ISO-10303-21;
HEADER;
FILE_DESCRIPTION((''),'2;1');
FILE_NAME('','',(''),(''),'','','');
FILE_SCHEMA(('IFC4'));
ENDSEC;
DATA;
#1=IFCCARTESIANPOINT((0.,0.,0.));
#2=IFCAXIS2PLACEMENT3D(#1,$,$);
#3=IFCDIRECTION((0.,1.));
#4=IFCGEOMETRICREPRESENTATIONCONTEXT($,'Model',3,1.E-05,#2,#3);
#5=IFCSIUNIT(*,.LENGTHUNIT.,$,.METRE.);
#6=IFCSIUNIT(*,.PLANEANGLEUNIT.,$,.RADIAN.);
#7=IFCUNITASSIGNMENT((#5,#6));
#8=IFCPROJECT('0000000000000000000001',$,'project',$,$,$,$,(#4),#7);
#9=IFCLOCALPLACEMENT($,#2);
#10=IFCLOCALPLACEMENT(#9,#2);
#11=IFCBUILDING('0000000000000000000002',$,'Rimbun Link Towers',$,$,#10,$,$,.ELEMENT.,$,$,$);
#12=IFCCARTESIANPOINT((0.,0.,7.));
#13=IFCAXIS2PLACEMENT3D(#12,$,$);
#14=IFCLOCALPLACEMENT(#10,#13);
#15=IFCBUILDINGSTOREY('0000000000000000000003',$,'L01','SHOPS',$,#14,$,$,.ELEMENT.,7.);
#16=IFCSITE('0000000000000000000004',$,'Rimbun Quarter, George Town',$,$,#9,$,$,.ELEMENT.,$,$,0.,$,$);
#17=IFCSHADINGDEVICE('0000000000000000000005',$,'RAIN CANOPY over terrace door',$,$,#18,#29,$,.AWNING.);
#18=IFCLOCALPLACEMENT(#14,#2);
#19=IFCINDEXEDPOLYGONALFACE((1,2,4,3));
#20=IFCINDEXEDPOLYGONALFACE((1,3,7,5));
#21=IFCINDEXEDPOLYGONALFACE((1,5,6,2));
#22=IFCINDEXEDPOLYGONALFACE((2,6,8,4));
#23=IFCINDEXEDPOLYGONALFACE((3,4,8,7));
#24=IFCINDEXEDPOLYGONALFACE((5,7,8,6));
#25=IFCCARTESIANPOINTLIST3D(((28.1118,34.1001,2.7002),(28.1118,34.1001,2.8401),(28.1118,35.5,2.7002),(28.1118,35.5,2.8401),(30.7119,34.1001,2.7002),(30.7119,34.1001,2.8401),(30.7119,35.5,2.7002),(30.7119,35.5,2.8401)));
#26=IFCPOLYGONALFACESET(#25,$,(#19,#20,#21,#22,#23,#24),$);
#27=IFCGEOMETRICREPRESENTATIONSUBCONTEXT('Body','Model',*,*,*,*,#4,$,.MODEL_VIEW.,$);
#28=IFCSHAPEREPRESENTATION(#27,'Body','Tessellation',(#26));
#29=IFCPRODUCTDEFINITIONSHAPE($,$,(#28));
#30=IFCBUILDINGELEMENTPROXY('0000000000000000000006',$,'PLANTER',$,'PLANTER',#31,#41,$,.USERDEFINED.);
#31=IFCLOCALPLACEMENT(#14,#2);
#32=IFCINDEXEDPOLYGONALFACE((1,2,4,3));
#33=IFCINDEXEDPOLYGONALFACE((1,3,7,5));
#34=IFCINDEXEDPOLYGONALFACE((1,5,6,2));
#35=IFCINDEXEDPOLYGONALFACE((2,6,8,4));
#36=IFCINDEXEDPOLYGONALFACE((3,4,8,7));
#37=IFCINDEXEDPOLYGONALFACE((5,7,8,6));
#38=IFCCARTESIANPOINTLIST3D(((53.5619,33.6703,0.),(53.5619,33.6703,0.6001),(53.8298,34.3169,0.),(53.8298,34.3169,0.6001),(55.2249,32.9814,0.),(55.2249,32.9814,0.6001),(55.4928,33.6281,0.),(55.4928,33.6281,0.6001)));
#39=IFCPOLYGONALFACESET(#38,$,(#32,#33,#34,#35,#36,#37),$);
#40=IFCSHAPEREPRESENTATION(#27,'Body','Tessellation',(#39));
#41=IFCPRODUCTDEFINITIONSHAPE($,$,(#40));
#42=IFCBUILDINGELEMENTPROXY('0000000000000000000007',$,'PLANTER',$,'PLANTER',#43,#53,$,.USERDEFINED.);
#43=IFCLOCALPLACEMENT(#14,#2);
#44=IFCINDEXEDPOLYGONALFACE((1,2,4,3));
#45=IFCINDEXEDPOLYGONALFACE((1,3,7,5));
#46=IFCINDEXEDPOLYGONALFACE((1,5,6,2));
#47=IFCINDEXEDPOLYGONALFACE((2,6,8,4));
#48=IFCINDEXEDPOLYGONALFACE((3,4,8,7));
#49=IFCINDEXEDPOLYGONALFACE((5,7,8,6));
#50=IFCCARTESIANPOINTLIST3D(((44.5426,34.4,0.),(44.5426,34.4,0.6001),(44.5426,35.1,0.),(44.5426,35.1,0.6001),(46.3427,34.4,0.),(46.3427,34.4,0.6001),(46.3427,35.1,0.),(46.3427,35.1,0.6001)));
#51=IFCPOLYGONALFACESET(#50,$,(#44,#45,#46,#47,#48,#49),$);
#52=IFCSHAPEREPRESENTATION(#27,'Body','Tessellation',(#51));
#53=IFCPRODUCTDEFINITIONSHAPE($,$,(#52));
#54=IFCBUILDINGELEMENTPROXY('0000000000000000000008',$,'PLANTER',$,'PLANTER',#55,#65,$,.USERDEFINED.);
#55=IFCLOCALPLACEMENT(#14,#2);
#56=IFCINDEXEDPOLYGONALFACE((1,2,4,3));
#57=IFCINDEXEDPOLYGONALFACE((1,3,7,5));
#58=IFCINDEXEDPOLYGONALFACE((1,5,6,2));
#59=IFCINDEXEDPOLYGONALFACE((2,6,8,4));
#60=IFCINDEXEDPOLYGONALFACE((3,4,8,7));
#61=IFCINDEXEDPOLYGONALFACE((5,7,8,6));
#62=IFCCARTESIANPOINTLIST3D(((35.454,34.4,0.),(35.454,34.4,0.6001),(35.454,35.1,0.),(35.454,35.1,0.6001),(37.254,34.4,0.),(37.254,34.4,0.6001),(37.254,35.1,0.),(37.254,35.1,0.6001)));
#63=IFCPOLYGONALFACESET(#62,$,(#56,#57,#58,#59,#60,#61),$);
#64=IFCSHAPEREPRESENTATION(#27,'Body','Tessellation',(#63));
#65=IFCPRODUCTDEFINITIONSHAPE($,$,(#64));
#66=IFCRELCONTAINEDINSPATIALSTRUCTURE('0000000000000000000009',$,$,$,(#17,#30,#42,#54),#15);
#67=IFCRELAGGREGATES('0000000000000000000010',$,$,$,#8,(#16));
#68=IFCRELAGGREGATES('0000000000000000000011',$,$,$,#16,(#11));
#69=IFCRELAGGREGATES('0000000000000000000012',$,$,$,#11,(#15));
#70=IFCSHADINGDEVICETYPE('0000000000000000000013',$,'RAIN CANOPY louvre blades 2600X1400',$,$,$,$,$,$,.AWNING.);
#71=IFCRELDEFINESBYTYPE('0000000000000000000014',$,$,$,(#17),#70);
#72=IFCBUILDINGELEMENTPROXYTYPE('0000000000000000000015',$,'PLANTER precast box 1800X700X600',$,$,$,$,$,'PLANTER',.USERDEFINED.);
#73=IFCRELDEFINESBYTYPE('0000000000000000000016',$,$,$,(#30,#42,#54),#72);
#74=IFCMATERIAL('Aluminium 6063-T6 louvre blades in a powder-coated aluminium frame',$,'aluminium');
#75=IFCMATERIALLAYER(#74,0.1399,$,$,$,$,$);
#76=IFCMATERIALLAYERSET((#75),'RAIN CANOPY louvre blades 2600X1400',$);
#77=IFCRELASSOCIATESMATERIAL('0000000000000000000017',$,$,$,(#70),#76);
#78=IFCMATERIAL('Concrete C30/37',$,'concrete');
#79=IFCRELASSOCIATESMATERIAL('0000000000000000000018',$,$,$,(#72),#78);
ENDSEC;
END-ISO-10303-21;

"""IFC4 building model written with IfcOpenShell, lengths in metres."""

from ifc_helpers import new_model, si_unit, direction, frame, origin, origin_2d, place, context, subcontext, project, spatial, rectangle, extrude, material, layer, layer_set, type_object, element, save


model = new_model("IFC4")

# Units and contexts
model_context = context("Model", 3, precision=1e-05, world=origin(), true_north=direction((0.0, 1.0)))
body_context = subcontext(model_context, "Body", "Model", "MODEL_VIEW")
ifc_project = project(units=[si_unit("LENGTHUNIT", "METRE"), si_unit("PLANEANGLEUNIT", "RADIAN")], contexts=[model_context])

# Site, building, storey
site_placement = place(None, origin())
site = spatial("IfcSite", under=ifc_project, at=site_placement, Name="Rimbun Quarter, George Town", CompositionType="ELEMENT", RefElevation=0.0)
building_placement = place(site_placement, origin())
building = spatial("IfcBuilding", under=site, at=building_placement, Name="Rimbun Link Towers", CompositionType="ELEMENT")
storey_placement = place(building_placement, frame((0.0, 0.0, 7.0)))
storey = spatial("IfcBuildingStorey", under=building, at=storey_placement, Name="L01", Description="SHOPS", CompositionType="ELEMENT", Elevation=7.0)

# Shading device
ifc_material_1 = material(Name="Aluminium 6063-T6 louvre blades in a powder-coated aluminium frame", Category="aluminium")
ifc_layer_1 = layer(ifc_material_1, 0.1399)
ifc_layer_set_1 = layer_set([ifc_layer_1], Name="RAIN CANOPY louvre blades 2600X1400")
shading_device_type = type_object("IfcShadingDeviceType", Name="RAIN CANOPY louvre blades 2600X1400", PredefinedType="AWNING", material=ifc_layer_set_1)
shading_device_placement = place(storey_placement, frame((29.4119, 34.8, 2.7002), z_axis=(0.0, 0.0, 1.0), x_axis=(1.0, 0.0, 0.0)))
element("IfcShadingDevice", 1, at=shading_device_placement, inside=storey, type_object=shading_device_type, Name="RAIN CANOPY over terrace door", PredefinedType="AWNING", context=body_context, shape_type="SweptSolid", body=[
    extrude(rectangle(XDim=2.6001, YDim=1.3999, at=origin_2d()), origin(), (0.0, 0.0, 1.0), 0.1399),
])

# Building element proxies
ifc_material_2 = material(Name="Concrete C30/37", Category="concrete")
building_element_proxy_type = type_object("IfcBuildingElementProxyType", Name="PLANTER precast box 1800X700X600", ElementType="PLANTER", PredefinedType="USERDEFINED", material=ifc_material_2)
for number, where, z_axis, x_axis, name in (
    (2, (54.5273, 33.6492, 0.0), (0.0, 0.0, 1.0), (-0.923881, 0.382679, 0.0), "PLANTER"),
    (3, (45.4426, 34.75, 0.0), (0.0, 0.0, 1.0), (-1.0, 0.0, 0.0), "PLANTER"),
    (4, (36.354, 34.75, 0.0), (0.0, 0.0, 1.0), (-1.0, 0.0, 0.0), "PLANTER"),
):
    element("IfcBuildingElementProxy", number, at=place(storey_placement, frame(where, z_axis=z_axis, x_axis=x_axis)), inside=storey, type_object=building_element_proxy_type, Name=name, ObjectType="PLANTER", PredefinedType="USERDEFINED", context=body_context, shape_type="SweptSolid", body=[
        extrude(rectangle(XDim=1.8, YDim=0.7, at=origin_2d()), origin(), (0.0, 0.0, 1.0), 0.6001),
    ])

save(model, "model.ifc")
